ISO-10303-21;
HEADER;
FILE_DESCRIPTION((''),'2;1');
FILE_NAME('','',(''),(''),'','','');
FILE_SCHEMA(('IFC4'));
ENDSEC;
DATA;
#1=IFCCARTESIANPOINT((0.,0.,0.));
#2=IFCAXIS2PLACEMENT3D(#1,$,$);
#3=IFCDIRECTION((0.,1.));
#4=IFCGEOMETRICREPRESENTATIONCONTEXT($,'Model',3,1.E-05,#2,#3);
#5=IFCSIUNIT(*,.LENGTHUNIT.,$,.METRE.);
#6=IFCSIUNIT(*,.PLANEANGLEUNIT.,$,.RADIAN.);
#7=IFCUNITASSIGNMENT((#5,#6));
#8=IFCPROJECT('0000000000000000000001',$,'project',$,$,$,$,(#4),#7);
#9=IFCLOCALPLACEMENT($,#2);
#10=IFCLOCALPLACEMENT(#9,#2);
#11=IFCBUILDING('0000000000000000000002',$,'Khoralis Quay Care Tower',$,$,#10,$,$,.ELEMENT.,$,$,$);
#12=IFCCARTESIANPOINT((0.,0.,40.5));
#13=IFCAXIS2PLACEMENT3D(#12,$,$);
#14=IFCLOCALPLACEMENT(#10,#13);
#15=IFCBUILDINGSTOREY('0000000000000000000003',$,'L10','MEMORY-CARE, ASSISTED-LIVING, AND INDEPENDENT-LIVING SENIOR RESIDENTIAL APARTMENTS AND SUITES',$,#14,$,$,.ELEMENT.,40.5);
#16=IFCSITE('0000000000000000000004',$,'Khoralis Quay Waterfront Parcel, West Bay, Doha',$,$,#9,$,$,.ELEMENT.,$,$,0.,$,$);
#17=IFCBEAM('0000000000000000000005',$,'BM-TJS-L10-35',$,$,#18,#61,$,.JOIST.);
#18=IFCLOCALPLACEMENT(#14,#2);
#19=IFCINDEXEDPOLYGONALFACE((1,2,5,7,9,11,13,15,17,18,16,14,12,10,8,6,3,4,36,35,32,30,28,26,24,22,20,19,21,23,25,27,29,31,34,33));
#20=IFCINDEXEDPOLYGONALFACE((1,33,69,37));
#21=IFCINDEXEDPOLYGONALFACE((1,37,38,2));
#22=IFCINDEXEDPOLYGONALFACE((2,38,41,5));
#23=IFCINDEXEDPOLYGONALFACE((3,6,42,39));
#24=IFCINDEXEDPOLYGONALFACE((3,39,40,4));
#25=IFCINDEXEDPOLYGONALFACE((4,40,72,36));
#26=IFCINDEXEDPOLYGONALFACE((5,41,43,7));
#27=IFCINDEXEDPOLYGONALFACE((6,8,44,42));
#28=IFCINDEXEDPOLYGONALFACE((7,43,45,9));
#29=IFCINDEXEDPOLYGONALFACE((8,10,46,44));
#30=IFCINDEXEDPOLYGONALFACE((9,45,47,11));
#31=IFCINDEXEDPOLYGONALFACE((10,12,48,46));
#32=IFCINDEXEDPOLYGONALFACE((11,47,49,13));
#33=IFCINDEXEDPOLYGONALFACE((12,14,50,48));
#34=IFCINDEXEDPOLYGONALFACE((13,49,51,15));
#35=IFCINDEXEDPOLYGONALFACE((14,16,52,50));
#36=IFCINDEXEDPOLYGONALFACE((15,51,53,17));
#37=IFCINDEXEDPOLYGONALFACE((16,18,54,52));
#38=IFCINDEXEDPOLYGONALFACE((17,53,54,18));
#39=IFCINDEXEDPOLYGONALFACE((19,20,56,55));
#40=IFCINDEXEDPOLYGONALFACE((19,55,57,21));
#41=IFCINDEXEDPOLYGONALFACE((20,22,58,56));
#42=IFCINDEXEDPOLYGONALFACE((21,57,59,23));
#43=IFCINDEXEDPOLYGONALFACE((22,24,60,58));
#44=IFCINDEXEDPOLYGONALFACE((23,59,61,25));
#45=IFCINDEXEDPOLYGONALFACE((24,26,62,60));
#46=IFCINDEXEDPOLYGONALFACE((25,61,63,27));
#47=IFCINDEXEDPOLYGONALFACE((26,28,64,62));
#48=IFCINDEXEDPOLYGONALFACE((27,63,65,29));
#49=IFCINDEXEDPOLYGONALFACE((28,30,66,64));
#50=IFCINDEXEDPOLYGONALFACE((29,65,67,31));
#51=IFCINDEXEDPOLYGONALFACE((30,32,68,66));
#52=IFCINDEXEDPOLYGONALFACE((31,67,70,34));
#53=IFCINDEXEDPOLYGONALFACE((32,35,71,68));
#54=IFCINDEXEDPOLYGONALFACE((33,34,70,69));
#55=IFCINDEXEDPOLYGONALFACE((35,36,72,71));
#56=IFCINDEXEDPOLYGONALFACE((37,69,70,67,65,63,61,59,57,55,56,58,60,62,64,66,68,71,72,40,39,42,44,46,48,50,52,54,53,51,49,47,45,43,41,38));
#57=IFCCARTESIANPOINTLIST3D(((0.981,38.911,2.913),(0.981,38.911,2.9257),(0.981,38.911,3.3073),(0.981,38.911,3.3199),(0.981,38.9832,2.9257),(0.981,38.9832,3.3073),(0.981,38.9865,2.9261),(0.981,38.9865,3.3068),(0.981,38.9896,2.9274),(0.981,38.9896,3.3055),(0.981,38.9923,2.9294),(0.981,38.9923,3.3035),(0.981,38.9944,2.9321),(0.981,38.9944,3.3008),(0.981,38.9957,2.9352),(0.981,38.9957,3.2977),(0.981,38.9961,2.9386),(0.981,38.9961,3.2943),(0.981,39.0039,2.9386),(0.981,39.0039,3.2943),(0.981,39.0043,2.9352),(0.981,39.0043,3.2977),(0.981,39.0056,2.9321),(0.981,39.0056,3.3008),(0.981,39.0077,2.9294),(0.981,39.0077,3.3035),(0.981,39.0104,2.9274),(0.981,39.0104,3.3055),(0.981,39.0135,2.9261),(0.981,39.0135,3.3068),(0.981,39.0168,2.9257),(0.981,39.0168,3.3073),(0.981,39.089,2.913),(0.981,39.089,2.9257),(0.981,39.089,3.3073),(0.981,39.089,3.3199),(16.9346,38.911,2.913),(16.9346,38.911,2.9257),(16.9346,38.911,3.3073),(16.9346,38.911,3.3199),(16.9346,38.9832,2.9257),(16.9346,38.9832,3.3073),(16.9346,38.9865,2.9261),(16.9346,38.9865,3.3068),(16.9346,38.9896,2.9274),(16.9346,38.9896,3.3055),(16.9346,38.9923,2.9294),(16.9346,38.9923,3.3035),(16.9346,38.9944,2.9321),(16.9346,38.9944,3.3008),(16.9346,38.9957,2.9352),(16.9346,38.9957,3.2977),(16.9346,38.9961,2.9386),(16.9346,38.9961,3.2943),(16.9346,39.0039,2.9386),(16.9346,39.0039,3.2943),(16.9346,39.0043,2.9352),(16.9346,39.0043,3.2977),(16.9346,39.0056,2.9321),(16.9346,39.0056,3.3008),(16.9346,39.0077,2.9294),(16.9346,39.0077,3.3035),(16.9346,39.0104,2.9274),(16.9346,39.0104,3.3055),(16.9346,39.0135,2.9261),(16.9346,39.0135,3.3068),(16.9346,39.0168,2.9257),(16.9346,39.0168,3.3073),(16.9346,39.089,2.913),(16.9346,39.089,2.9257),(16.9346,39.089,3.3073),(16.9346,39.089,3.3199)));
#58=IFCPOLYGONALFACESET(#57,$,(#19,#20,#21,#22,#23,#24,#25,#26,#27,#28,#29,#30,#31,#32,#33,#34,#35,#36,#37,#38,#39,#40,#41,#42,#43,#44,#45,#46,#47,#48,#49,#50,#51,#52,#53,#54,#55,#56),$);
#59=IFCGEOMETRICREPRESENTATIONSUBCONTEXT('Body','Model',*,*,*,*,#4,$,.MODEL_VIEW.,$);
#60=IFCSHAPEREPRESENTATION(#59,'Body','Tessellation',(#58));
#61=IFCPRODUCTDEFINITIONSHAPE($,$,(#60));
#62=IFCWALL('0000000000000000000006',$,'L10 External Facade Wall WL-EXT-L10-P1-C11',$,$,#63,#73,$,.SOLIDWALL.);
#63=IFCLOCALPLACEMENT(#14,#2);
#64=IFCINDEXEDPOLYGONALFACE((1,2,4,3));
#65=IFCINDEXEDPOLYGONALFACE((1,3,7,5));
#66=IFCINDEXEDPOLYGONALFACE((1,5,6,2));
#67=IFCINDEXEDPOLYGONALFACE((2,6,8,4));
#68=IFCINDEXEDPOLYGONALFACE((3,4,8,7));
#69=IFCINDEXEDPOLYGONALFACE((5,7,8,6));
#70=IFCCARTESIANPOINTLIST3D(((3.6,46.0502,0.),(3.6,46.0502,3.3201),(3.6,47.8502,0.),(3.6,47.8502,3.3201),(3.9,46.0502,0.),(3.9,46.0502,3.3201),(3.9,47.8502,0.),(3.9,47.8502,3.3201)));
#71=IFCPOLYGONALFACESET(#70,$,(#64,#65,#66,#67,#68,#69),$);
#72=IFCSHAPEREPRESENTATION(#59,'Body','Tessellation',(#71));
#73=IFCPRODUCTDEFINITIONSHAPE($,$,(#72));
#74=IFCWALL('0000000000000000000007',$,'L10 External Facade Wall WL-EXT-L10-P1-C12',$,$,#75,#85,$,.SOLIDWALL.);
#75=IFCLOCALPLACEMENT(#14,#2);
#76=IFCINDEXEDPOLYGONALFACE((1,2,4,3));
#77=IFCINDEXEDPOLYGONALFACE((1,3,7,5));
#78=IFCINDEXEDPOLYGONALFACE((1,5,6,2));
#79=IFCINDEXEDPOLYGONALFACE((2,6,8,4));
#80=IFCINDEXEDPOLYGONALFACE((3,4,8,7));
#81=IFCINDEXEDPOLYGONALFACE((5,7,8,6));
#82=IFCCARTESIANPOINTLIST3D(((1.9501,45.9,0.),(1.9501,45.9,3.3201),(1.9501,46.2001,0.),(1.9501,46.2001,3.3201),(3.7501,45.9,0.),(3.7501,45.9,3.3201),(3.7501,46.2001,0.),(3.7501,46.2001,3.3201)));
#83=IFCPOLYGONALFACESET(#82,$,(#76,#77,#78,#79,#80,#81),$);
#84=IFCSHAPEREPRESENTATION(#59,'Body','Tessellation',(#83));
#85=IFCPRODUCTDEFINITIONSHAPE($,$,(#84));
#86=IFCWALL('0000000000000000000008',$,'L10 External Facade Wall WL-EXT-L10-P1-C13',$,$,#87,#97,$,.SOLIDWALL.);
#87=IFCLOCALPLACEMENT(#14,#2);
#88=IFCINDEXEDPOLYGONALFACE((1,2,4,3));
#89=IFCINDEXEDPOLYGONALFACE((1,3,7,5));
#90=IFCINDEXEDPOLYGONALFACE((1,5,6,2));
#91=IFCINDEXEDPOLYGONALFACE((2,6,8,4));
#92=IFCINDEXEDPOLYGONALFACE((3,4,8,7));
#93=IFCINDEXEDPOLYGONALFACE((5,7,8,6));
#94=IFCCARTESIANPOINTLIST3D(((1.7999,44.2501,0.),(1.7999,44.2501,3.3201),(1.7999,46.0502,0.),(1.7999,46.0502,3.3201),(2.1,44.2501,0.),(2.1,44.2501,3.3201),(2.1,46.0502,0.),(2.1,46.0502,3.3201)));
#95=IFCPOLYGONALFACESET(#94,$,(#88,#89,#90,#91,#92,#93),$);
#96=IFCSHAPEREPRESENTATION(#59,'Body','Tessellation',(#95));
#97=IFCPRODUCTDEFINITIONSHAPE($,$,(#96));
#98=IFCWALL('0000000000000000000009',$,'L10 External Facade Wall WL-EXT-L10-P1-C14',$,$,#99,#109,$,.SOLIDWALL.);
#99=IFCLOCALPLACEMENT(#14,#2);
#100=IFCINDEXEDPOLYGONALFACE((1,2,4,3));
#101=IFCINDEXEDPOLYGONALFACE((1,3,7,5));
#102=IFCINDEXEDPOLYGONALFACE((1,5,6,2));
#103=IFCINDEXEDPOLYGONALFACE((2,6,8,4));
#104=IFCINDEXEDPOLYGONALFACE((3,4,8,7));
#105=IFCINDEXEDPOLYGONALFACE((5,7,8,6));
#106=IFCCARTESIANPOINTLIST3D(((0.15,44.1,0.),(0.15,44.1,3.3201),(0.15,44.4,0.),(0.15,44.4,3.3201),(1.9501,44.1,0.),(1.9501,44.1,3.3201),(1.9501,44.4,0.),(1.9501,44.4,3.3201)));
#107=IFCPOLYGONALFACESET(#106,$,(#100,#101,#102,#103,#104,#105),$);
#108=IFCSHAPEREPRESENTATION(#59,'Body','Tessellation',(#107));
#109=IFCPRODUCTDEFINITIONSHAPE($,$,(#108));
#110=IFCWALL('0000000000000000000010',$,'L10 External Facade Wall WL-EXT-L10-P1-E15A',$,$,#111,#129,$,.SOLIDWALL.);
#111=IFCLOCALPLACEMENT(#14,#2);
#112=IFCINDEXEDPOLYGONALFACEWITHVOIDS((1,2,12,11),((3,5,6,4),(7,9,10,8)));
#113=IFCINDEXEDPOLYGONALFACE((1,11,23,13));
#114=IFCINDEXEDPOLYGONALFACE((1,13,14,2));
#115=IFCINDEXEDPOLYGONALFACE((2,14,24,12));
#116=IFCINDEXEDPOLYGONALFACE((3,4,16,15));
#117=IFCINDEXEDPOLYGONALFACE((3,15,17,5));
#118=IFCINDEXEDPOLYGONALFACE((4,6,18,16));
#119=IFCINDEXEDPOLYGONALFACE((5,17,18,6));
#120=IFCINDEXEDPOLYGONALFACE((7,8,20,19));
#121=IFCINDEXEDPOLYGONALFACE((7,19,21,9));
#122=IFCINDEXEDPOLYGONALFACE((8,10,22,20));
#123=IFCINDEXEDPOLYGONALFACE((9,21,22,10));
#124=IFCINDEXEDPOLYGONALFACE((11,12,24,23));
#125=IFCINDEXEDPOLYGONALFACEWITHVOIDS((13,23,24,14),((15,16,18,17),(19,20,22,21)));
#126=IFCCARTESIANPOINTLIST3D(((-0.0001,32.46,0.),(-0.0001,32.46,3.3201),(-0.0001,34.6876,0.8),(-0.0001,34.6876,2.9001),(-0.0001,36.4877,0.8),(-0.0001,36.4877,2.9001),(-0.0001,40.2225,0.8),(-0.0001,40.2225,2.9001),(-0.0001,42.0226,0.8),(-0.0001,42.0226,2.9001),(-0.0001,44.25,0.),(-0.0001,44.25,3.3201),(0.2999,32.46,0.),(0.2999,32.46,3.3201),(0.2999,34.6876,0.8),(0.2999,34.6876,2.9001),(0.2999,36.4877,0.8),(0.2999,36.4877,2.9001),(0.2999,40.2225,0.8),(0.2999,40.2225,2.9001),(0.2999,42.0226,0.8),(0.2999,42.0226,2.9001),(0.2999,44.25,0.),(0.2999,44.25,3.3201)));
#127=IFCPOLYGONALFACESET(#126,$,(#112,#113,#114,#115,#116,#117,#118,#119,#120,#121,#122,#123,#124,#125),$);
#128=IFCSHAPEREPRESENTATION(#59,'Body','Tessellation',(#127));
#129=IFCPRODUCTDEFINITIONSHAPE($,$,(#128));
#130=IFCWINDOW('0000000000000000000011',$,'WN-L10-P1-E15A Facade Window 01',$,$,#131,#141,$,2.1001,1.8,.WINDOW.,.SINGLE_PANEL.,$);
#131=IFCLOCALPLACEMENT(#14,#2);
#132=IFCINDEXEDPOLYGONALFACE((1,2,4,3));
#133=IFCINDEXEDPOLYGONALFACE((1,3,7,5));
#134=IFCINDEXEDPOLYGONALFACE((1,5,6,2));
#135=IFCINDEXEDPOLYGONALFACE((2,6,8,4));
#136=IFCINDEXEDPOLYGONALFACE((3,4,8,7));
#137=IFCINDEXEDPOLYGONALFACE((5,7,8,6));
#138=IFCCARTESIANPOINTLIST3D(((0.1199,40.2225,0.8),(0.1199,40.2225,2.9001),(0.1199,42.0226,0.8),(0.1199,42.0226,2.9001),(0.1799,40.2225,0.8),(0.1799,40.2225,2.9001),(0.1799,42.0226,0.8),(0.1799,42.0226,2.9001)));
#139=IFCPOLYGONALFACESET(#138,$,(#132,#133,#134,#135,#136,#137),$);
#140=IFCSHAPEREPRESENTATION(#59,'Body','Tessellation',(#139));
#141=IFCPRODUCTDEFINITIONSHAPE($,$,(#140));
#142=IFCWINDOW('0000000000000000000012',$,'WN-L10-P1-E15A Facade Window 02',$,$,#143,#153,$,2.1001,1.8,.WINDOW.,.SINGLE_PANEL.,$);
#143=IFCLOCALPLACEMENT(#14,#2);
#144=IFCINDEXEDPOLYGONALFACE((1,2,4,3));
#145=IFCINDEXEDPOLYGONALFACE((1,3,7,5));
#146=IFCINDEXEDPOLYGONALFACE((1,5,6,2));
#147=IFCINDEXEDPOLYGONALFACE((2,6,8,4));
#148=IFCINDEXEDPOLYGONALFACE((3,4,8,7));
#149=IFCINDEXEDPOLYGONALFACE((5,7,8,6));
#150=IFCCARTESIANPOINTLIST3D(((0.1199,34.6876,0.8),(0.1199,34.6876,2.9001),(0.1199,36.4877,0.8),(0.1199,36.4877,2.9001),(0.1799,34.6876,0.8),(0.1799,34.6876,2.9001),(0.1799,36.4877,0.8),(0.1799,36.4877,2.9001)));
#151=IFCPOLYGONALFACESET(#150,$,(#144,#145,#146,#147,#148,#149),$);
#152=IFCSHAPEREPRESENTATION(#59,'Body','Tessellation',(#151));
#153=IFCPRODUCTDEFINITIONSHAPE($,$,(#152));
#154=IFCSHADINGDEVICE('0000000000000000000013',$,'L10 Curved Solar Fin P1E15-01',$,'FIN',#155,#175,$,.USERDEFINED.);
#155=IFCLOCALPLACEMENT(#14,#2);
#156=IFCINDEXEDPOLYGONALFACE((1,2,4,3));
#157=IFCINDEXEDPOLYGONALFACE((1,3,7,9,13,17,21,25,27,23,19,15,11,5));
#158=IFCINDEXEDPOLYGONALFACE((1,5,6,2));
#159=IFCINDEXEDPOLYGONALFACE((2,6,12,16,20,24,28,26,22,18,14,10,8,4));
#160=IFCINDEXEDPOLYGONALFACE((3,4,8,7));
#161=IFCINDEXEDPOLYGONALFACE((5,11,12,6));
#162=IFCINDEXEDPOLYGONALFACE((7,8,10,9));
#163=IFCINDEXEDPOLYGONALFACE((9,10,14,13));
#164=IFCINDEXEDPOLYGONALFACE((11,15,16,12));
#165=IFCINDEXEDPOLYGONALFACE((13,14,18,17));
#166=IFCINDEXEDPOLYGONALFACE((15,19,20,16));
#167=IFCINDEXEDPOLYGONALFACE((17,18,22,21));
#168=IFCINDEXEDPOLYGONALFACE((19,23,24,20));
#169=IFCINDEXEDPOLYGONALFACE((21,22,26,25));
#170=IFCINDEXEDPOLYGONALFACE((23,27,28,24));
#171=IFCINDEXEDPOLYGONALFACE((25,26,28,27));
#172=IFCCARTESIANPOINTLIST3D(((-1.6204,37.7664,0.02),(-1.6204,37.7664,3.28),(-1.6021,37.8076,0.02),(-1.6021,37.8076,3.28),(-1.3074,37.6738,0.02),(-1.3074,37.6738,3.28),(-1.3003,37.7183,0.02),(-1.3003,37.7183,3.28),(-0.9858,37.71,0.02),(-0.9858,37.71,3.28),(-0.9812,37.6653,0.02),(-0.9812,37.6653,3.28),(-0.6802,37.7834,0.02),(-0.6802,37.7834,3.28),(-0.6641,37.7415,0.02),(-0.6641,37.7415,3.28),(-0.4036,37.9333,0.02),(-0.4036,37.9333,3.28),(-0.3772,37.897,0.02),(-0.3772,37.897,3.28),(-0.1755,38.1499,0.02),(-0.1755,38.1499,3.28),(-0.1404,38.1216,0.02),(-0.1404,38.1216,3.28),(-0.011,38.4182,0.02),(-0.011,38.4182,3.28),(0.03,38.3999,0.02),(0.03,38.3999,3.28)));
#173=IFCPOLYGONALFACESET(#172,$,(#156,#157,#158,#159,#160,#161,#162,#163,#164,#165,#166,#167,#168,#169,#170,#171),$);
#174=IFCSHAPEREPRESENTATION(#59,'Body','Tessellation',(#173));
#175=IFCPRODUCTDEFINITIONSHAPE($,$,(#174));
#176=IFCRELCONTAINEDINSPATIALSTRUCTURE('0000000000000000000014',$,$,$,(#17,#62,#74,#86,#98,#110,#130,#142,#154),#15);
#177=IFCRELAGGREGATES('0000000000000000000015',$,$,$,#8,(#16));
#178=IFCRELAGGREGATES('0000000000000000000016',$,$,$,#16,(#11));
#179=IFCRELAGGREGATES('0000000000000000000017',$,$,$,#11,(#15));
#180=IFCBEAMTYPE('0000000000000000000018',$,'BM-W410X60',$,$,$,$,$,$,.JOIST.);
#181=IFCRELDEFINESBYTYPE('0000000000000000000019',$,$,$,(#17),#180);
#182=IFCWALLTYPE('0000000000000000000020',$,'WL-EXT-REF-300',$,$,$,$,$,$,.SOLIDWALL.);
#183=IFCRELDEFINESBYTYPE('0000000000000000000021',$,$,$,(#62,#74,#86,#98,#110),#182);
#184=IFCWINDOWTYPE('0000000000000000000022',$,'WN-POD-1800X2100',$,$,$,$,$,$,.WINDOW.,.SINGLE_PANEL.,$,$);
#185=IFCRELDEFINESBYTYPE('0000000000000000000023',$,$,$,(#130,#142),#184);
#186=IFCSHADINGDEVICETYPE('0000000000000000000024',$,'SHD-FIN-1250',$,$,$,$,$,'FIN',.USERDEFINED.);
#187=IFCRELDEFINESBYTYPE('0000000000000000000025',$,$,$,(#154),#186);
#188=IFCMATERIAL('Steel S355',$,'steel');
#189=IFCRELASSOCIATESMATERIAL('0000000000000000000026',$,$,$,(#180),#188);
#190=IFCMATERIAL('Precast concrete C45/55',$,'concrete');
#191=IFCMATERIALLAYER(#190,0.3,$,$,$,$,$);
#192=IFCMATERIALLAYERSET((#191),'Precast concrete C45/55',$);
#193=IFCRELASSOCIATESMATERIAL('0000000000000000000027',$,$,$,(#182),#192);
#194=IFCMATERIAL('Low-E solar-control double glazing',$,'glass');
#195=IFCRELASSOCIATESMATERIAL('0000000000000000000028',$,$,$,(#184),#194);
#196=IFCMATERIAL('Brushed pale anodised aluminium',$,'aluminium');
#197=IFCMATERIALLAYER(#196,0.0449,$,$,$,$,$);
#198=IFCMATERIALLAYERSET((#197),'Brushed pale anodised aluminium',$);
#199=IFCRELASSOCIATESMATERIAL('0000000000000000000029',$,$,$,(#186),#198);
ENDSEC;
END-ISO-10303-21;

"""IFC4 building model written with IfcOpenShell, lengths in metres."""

from ifc_helpers import new_model, si_unit, direction, frame, frame_2d, origin, origin_2d, place, context, subcontext, project, spatial, polyline, rectangle, i_section, outline, extrude, source, transform, mapped, material, layer, layer_set, material_profile, profile_set, type_object, element, fill, save


model = new_model("IFC4")

# Units and contexts
model_context = context("Model", 3, precision=1e-05, world=origin(), true_north=direction((0.0, 1.0)))
body_context = subcontext(model_context, "Body", "Model", "MODEL_VIEW")
ifc_project = project(units=[si_unit("LENGTHUNIT", "METRE"), si_unit("PLANEANGLEUNIT", "RADIAN")], contexts=[model_context])

# Site, building, storey
site_placement = place(None, origin())
site = spatial("IfcSite", under=ifc_project, at=site_placement, Name="Khoralis Quay Waterfront Parcel, West Bay, Doha", CompositionType="ELEMENT", RefElevation=0.0)
building_placement = place(site_placement, origin())
building = spatial("IfcBuilding", under=site, at=building_placement, Name="Khoralis Quay Care Tower", CompositionType="ELEMENT")
storey_placement = place(building_placement, frame((0.0, 0.0, 40.5)))
storey = spatial("IfcBuildingStorey", under=building, at=storey_placement, Name="L10", Description="MEMORY-CARE, ASSISTED-LIVING, AND INDEPENDENT-LIVING SENIOR RESIDENTIAL APARTMENTS AND SUITES", CompositionType="ELEMENT", Elevation=40.5)

# Beam
ifc_material_1 = material(Name="Steel S355", Category="steel")
ifc_material_profile_1 = material_profile(ifc_material_1, i_section(OverallWidth=0.178, OverallDepth=0.407, WebThickness=0.0078, FlangeThickness=0.0127, FilletRadius=0.0129, at=origin_2d()), Name="Steel S355")
ifc_profile_set_1 = profile_set([ifc_material_profile_1], Name="Steel S355")
beam_type_1 = type_object("IfcBeamType", Name="BM-W410X60", PredefinedType="JOIST", material=ifc_profile_set_1)
shared_shape_1 = source(origin(), body_context, "Body", "SweptSolid", [
    extrude(i_section(OverallWidth=0.178, OverallDepth=0.407, WebThickness=0.0078, FlangeThickness=0.0127, FilletRadius=0.0129, at=origin_2d()), origin(), (0.0, 0.0, 1.0), 15.9536),
])
beam_1_placement = place(storey_placement, frame((0.981, 39.0, 3.1165), z_axis=(1.0, 0.0, 0.0), x_axis=(0.0, 1.0, 0.0)))
element("IfcBeam", 1, at=beam_1_placement, inside=storey, type_object=beam_type_1, Name="BM-TJS-L10-35", PredefinedType="JOIST", context=body_context, shape_type="MappedRepresentation", body=[
    mapped(shared_shape_1, transform((0.0, 0.0, 0.0), scale=1.0)),
])

# Walls
ifc_material_2 = material(Name="Precast concrete C45/55", Category="concrete")
ifc_layer_1 = layer(ifc_material_2, 0.3)
ifc_layer_set_1 = layer_set([ifc_layer_1], Name="Precast concrete C45/55")
wall_type = type_object("IfcWallType", Name="WL-EXT-REF-300", PredefinedType="SOLIDWALL", material=ifc_layer_set_1)
for number, where, z_axis, x_axis, name in (
    (2, (3.75, 47.8501, 0.0), (0.0, 0.0, 1.0), (0.0, -1.0, 0.0), "L10 External Facade Wall WL-EXT-L10-P1-C11"),
    (3, (3.75, 46.05, 0.0), (0.0, 0.0, 1.0), (-1.0, 0.0, 0.0), "L10 External Facade Wall WL-EXT-L10-P1-C12"),
    (4, (1.95, 46.05, 0.0), (0.0, 0.0, 1.0), (0.0, -1.0, 0.0), "L10 External Facade Wall WL-EXT-L10-P1-C13"),
    (5, (1.95, 44.25, 0.0), (0.0, 0.0, 1.0), (-1.0, 0.0, 0.0), "L10 External Facade Wall WL-EXT-L10-P1-C14"),
):
    element("IfcWall", number, at=place(storey_placement, frame(where, z_axis=z_axis, x_axis=x_axis)), inside=storey, type_object=wall_type, Name=name, PredefinedType="SOLIDWALL", context=body_context, shape_type="SweptSolid", body=[
        extrude(rectangle(XDim=1.8, YDim=0.3, at=frame_2d((0.8999, 0.0))), origin(), (0.0, 0.0, 1.0), 3.3201),
    ])

# Wall, openings, windows
wall_placement = place(storey_placement, frame((0.1499, 44.25, 0.0), z_axis=(0.0, 0.0, 1.0), x_axis=(0.0, -1.0, 0.0)))
wall = element("IfcWall", 6, at=wall_placement, inside=storey, type_object=wall_type, Name="L10 External Facade Wall WL-EXT-L10-P1-E15A", PredefinedType="SOLIDWALL", context=body_context, shape_type="SweptSolid", body=[
    extrude(rectangle(XDim=11.79, YDim=0.3, at=frame_2d((5.895, 0.0))), origin(), (0.0, 0.0, 1.0), 3.3201),
])
opening_1_placement = place(wall_placement, frame((2.2275, 0.0, 0.8)))
opening_1 = element("IfcOpeningElement", 7, at=opening_1_placement, cuts=wall, PredefinedType="OPENING", context=body_context, shape_type="SweptSolid", body=[
    extrude(rectangle(XDim=1.8, YDim=2.1001, at=frame_2d((0.8999, 1.05))), frame((0.0, 0.1602, 0.0), z_axis=(0.0, -1.0, 0.0), x_axis=(1.0, 0.0, 0.0)), (0.0, 0.0, 1.0), 0.3201),
])
opening_2_placement = place(wall_placement, frame((7.7625, 0.0, 0.8)))
opening_2 = element("IfcOpeningElement", 8, at=opening_2_placement, cuts=wall, PredefinedType="OPENING", context=body_context, shape_type="SweptSolid", body=[
    extrude(rectangle(XDim=1.8, YDim=2.1001, at=frame_2d((0.8999, 1.05))), frame((0.0, 0.1602, 0.0), z_axis=(0.0, -1.0, 0.0), x_axis=(1.0, 0.0, 0.0)), (0.0, 0.0, 1.0), 0.3201),
])
ifc_material_3 = material(Name="Low-E solar-control double glazing", Category="glass")
window_type = type_object("IfcWindowType", Name="WN-POD-1800X2100", PartitioningType="SINGLE_PANEL", PredefinedType="WINDOW", material=ifc_material_3)
shared_shape_2 = source(origin(), body_context, "Body", "SweptSolid", [
    extrude(rectangle(XDim=1.8, YDim=2.1001, at=frame_2d((0.8999, 1.05))), frame((0.0, 0.03, 0.0), z_axis=(0.0, -1.0, 0.0), x_axis=(1.0, 0.0, 0.0)), (0.0, 0.0, 1.0), 0.0601),
])
window_1_placement = place(opening_1_placement, origin())
window_1 = element("IfcWindow", 9, at=window_1_placement, inside=storey, type_object=window_type, Name="WN-L10-P1-E15A Facade Window 01", OverallHeight=2.1001, OverallWidth=1.8, PartitioningType="SINGLE_PANEL", PredefinedType="WINDOW", context=body_context, shape_type="MappedRepresentation", body=[
    mapped(shared_shape_2, transform((0.0, 0.0, 0.0), scale=1.0)),
])
fill(opening_1, window_1)
window_2_placement = place(opening_2_placement, origin())
window_2 = element("IfcWindow", 10, at=window_2_placement, inside=storey, type_object=window_type, Name="WN-L10-P1-E15A Facade Window 02", OverallHeight=2.1001, OverallWidth=1.8, PartitioningType="SINGLE_PANEL", PredefinedType="WINDOW", context=body_context, shape_type="MappedRepresentation", body=[
    mapped(shared_shape_2, transform((0.0, 0.0, 0.0), scale=1.0)),
])
fill(opening_2, window_2)

# Shading device
ifc_material_4 = material(Name="Brushed pale anodised aluminium", Category="aluminium")
ifc_layer_2 = layer(ifc_material_4, 0.0449)
ifc_layer_set_2 = layer_set([ifc_layer_2], Name="Brushed pale anodised aluminium")
shading_device_type = type_object("IfcShadingDeviceType", Name="SHD-FIN-1250", ElementType="FIN", PredefinedType="USERDEFINED", material=ifc_layer_set_2)
shared_shape_3 = source(origin(), body_context, "Body", "SweptSolid", [
    extrude(outline(polyline([(0.0, 0.0), (0.1704, 0.2783), (0.4072, 0.5029), (0.6941, 0.6584), (1.0112, 0.7346), (1.3374, 0.7261), (1.6504, 0.6335), (1.6321, 0.5923), (1.3303, 0.6816), (1.0159, 0.6899), (0.7102, 0.6165), (0.4336, 0.4666), (0.2056, 0.25), (0.041, -0.0183), (0.0, 0.0)])), origin(), (0.0, 0.0, 1.0), 3.26),
])
shading_device_placement = place(storey_placement, frame((0.03, 38.3999, 0.02), z_axis=(0.0, 0.0, 1.0), x_axis=(-1.0, 0.0, 0.0)))
element("IfcShadingDevice", 11, at=shading_device_placement, inside=storey, type_object=shading_device_type, Name="L10 Curved Solar Fin P1E15-01", ObjectType="FIN", PredefinedType="USERDEFINED", context=body_context, shape_type="MappedRepresentation", body=[
    mapped(shared_shape_3, transform((0.0, 0.0, 0.0), scale=1.0)),
])

save(model, "model.ifc")
